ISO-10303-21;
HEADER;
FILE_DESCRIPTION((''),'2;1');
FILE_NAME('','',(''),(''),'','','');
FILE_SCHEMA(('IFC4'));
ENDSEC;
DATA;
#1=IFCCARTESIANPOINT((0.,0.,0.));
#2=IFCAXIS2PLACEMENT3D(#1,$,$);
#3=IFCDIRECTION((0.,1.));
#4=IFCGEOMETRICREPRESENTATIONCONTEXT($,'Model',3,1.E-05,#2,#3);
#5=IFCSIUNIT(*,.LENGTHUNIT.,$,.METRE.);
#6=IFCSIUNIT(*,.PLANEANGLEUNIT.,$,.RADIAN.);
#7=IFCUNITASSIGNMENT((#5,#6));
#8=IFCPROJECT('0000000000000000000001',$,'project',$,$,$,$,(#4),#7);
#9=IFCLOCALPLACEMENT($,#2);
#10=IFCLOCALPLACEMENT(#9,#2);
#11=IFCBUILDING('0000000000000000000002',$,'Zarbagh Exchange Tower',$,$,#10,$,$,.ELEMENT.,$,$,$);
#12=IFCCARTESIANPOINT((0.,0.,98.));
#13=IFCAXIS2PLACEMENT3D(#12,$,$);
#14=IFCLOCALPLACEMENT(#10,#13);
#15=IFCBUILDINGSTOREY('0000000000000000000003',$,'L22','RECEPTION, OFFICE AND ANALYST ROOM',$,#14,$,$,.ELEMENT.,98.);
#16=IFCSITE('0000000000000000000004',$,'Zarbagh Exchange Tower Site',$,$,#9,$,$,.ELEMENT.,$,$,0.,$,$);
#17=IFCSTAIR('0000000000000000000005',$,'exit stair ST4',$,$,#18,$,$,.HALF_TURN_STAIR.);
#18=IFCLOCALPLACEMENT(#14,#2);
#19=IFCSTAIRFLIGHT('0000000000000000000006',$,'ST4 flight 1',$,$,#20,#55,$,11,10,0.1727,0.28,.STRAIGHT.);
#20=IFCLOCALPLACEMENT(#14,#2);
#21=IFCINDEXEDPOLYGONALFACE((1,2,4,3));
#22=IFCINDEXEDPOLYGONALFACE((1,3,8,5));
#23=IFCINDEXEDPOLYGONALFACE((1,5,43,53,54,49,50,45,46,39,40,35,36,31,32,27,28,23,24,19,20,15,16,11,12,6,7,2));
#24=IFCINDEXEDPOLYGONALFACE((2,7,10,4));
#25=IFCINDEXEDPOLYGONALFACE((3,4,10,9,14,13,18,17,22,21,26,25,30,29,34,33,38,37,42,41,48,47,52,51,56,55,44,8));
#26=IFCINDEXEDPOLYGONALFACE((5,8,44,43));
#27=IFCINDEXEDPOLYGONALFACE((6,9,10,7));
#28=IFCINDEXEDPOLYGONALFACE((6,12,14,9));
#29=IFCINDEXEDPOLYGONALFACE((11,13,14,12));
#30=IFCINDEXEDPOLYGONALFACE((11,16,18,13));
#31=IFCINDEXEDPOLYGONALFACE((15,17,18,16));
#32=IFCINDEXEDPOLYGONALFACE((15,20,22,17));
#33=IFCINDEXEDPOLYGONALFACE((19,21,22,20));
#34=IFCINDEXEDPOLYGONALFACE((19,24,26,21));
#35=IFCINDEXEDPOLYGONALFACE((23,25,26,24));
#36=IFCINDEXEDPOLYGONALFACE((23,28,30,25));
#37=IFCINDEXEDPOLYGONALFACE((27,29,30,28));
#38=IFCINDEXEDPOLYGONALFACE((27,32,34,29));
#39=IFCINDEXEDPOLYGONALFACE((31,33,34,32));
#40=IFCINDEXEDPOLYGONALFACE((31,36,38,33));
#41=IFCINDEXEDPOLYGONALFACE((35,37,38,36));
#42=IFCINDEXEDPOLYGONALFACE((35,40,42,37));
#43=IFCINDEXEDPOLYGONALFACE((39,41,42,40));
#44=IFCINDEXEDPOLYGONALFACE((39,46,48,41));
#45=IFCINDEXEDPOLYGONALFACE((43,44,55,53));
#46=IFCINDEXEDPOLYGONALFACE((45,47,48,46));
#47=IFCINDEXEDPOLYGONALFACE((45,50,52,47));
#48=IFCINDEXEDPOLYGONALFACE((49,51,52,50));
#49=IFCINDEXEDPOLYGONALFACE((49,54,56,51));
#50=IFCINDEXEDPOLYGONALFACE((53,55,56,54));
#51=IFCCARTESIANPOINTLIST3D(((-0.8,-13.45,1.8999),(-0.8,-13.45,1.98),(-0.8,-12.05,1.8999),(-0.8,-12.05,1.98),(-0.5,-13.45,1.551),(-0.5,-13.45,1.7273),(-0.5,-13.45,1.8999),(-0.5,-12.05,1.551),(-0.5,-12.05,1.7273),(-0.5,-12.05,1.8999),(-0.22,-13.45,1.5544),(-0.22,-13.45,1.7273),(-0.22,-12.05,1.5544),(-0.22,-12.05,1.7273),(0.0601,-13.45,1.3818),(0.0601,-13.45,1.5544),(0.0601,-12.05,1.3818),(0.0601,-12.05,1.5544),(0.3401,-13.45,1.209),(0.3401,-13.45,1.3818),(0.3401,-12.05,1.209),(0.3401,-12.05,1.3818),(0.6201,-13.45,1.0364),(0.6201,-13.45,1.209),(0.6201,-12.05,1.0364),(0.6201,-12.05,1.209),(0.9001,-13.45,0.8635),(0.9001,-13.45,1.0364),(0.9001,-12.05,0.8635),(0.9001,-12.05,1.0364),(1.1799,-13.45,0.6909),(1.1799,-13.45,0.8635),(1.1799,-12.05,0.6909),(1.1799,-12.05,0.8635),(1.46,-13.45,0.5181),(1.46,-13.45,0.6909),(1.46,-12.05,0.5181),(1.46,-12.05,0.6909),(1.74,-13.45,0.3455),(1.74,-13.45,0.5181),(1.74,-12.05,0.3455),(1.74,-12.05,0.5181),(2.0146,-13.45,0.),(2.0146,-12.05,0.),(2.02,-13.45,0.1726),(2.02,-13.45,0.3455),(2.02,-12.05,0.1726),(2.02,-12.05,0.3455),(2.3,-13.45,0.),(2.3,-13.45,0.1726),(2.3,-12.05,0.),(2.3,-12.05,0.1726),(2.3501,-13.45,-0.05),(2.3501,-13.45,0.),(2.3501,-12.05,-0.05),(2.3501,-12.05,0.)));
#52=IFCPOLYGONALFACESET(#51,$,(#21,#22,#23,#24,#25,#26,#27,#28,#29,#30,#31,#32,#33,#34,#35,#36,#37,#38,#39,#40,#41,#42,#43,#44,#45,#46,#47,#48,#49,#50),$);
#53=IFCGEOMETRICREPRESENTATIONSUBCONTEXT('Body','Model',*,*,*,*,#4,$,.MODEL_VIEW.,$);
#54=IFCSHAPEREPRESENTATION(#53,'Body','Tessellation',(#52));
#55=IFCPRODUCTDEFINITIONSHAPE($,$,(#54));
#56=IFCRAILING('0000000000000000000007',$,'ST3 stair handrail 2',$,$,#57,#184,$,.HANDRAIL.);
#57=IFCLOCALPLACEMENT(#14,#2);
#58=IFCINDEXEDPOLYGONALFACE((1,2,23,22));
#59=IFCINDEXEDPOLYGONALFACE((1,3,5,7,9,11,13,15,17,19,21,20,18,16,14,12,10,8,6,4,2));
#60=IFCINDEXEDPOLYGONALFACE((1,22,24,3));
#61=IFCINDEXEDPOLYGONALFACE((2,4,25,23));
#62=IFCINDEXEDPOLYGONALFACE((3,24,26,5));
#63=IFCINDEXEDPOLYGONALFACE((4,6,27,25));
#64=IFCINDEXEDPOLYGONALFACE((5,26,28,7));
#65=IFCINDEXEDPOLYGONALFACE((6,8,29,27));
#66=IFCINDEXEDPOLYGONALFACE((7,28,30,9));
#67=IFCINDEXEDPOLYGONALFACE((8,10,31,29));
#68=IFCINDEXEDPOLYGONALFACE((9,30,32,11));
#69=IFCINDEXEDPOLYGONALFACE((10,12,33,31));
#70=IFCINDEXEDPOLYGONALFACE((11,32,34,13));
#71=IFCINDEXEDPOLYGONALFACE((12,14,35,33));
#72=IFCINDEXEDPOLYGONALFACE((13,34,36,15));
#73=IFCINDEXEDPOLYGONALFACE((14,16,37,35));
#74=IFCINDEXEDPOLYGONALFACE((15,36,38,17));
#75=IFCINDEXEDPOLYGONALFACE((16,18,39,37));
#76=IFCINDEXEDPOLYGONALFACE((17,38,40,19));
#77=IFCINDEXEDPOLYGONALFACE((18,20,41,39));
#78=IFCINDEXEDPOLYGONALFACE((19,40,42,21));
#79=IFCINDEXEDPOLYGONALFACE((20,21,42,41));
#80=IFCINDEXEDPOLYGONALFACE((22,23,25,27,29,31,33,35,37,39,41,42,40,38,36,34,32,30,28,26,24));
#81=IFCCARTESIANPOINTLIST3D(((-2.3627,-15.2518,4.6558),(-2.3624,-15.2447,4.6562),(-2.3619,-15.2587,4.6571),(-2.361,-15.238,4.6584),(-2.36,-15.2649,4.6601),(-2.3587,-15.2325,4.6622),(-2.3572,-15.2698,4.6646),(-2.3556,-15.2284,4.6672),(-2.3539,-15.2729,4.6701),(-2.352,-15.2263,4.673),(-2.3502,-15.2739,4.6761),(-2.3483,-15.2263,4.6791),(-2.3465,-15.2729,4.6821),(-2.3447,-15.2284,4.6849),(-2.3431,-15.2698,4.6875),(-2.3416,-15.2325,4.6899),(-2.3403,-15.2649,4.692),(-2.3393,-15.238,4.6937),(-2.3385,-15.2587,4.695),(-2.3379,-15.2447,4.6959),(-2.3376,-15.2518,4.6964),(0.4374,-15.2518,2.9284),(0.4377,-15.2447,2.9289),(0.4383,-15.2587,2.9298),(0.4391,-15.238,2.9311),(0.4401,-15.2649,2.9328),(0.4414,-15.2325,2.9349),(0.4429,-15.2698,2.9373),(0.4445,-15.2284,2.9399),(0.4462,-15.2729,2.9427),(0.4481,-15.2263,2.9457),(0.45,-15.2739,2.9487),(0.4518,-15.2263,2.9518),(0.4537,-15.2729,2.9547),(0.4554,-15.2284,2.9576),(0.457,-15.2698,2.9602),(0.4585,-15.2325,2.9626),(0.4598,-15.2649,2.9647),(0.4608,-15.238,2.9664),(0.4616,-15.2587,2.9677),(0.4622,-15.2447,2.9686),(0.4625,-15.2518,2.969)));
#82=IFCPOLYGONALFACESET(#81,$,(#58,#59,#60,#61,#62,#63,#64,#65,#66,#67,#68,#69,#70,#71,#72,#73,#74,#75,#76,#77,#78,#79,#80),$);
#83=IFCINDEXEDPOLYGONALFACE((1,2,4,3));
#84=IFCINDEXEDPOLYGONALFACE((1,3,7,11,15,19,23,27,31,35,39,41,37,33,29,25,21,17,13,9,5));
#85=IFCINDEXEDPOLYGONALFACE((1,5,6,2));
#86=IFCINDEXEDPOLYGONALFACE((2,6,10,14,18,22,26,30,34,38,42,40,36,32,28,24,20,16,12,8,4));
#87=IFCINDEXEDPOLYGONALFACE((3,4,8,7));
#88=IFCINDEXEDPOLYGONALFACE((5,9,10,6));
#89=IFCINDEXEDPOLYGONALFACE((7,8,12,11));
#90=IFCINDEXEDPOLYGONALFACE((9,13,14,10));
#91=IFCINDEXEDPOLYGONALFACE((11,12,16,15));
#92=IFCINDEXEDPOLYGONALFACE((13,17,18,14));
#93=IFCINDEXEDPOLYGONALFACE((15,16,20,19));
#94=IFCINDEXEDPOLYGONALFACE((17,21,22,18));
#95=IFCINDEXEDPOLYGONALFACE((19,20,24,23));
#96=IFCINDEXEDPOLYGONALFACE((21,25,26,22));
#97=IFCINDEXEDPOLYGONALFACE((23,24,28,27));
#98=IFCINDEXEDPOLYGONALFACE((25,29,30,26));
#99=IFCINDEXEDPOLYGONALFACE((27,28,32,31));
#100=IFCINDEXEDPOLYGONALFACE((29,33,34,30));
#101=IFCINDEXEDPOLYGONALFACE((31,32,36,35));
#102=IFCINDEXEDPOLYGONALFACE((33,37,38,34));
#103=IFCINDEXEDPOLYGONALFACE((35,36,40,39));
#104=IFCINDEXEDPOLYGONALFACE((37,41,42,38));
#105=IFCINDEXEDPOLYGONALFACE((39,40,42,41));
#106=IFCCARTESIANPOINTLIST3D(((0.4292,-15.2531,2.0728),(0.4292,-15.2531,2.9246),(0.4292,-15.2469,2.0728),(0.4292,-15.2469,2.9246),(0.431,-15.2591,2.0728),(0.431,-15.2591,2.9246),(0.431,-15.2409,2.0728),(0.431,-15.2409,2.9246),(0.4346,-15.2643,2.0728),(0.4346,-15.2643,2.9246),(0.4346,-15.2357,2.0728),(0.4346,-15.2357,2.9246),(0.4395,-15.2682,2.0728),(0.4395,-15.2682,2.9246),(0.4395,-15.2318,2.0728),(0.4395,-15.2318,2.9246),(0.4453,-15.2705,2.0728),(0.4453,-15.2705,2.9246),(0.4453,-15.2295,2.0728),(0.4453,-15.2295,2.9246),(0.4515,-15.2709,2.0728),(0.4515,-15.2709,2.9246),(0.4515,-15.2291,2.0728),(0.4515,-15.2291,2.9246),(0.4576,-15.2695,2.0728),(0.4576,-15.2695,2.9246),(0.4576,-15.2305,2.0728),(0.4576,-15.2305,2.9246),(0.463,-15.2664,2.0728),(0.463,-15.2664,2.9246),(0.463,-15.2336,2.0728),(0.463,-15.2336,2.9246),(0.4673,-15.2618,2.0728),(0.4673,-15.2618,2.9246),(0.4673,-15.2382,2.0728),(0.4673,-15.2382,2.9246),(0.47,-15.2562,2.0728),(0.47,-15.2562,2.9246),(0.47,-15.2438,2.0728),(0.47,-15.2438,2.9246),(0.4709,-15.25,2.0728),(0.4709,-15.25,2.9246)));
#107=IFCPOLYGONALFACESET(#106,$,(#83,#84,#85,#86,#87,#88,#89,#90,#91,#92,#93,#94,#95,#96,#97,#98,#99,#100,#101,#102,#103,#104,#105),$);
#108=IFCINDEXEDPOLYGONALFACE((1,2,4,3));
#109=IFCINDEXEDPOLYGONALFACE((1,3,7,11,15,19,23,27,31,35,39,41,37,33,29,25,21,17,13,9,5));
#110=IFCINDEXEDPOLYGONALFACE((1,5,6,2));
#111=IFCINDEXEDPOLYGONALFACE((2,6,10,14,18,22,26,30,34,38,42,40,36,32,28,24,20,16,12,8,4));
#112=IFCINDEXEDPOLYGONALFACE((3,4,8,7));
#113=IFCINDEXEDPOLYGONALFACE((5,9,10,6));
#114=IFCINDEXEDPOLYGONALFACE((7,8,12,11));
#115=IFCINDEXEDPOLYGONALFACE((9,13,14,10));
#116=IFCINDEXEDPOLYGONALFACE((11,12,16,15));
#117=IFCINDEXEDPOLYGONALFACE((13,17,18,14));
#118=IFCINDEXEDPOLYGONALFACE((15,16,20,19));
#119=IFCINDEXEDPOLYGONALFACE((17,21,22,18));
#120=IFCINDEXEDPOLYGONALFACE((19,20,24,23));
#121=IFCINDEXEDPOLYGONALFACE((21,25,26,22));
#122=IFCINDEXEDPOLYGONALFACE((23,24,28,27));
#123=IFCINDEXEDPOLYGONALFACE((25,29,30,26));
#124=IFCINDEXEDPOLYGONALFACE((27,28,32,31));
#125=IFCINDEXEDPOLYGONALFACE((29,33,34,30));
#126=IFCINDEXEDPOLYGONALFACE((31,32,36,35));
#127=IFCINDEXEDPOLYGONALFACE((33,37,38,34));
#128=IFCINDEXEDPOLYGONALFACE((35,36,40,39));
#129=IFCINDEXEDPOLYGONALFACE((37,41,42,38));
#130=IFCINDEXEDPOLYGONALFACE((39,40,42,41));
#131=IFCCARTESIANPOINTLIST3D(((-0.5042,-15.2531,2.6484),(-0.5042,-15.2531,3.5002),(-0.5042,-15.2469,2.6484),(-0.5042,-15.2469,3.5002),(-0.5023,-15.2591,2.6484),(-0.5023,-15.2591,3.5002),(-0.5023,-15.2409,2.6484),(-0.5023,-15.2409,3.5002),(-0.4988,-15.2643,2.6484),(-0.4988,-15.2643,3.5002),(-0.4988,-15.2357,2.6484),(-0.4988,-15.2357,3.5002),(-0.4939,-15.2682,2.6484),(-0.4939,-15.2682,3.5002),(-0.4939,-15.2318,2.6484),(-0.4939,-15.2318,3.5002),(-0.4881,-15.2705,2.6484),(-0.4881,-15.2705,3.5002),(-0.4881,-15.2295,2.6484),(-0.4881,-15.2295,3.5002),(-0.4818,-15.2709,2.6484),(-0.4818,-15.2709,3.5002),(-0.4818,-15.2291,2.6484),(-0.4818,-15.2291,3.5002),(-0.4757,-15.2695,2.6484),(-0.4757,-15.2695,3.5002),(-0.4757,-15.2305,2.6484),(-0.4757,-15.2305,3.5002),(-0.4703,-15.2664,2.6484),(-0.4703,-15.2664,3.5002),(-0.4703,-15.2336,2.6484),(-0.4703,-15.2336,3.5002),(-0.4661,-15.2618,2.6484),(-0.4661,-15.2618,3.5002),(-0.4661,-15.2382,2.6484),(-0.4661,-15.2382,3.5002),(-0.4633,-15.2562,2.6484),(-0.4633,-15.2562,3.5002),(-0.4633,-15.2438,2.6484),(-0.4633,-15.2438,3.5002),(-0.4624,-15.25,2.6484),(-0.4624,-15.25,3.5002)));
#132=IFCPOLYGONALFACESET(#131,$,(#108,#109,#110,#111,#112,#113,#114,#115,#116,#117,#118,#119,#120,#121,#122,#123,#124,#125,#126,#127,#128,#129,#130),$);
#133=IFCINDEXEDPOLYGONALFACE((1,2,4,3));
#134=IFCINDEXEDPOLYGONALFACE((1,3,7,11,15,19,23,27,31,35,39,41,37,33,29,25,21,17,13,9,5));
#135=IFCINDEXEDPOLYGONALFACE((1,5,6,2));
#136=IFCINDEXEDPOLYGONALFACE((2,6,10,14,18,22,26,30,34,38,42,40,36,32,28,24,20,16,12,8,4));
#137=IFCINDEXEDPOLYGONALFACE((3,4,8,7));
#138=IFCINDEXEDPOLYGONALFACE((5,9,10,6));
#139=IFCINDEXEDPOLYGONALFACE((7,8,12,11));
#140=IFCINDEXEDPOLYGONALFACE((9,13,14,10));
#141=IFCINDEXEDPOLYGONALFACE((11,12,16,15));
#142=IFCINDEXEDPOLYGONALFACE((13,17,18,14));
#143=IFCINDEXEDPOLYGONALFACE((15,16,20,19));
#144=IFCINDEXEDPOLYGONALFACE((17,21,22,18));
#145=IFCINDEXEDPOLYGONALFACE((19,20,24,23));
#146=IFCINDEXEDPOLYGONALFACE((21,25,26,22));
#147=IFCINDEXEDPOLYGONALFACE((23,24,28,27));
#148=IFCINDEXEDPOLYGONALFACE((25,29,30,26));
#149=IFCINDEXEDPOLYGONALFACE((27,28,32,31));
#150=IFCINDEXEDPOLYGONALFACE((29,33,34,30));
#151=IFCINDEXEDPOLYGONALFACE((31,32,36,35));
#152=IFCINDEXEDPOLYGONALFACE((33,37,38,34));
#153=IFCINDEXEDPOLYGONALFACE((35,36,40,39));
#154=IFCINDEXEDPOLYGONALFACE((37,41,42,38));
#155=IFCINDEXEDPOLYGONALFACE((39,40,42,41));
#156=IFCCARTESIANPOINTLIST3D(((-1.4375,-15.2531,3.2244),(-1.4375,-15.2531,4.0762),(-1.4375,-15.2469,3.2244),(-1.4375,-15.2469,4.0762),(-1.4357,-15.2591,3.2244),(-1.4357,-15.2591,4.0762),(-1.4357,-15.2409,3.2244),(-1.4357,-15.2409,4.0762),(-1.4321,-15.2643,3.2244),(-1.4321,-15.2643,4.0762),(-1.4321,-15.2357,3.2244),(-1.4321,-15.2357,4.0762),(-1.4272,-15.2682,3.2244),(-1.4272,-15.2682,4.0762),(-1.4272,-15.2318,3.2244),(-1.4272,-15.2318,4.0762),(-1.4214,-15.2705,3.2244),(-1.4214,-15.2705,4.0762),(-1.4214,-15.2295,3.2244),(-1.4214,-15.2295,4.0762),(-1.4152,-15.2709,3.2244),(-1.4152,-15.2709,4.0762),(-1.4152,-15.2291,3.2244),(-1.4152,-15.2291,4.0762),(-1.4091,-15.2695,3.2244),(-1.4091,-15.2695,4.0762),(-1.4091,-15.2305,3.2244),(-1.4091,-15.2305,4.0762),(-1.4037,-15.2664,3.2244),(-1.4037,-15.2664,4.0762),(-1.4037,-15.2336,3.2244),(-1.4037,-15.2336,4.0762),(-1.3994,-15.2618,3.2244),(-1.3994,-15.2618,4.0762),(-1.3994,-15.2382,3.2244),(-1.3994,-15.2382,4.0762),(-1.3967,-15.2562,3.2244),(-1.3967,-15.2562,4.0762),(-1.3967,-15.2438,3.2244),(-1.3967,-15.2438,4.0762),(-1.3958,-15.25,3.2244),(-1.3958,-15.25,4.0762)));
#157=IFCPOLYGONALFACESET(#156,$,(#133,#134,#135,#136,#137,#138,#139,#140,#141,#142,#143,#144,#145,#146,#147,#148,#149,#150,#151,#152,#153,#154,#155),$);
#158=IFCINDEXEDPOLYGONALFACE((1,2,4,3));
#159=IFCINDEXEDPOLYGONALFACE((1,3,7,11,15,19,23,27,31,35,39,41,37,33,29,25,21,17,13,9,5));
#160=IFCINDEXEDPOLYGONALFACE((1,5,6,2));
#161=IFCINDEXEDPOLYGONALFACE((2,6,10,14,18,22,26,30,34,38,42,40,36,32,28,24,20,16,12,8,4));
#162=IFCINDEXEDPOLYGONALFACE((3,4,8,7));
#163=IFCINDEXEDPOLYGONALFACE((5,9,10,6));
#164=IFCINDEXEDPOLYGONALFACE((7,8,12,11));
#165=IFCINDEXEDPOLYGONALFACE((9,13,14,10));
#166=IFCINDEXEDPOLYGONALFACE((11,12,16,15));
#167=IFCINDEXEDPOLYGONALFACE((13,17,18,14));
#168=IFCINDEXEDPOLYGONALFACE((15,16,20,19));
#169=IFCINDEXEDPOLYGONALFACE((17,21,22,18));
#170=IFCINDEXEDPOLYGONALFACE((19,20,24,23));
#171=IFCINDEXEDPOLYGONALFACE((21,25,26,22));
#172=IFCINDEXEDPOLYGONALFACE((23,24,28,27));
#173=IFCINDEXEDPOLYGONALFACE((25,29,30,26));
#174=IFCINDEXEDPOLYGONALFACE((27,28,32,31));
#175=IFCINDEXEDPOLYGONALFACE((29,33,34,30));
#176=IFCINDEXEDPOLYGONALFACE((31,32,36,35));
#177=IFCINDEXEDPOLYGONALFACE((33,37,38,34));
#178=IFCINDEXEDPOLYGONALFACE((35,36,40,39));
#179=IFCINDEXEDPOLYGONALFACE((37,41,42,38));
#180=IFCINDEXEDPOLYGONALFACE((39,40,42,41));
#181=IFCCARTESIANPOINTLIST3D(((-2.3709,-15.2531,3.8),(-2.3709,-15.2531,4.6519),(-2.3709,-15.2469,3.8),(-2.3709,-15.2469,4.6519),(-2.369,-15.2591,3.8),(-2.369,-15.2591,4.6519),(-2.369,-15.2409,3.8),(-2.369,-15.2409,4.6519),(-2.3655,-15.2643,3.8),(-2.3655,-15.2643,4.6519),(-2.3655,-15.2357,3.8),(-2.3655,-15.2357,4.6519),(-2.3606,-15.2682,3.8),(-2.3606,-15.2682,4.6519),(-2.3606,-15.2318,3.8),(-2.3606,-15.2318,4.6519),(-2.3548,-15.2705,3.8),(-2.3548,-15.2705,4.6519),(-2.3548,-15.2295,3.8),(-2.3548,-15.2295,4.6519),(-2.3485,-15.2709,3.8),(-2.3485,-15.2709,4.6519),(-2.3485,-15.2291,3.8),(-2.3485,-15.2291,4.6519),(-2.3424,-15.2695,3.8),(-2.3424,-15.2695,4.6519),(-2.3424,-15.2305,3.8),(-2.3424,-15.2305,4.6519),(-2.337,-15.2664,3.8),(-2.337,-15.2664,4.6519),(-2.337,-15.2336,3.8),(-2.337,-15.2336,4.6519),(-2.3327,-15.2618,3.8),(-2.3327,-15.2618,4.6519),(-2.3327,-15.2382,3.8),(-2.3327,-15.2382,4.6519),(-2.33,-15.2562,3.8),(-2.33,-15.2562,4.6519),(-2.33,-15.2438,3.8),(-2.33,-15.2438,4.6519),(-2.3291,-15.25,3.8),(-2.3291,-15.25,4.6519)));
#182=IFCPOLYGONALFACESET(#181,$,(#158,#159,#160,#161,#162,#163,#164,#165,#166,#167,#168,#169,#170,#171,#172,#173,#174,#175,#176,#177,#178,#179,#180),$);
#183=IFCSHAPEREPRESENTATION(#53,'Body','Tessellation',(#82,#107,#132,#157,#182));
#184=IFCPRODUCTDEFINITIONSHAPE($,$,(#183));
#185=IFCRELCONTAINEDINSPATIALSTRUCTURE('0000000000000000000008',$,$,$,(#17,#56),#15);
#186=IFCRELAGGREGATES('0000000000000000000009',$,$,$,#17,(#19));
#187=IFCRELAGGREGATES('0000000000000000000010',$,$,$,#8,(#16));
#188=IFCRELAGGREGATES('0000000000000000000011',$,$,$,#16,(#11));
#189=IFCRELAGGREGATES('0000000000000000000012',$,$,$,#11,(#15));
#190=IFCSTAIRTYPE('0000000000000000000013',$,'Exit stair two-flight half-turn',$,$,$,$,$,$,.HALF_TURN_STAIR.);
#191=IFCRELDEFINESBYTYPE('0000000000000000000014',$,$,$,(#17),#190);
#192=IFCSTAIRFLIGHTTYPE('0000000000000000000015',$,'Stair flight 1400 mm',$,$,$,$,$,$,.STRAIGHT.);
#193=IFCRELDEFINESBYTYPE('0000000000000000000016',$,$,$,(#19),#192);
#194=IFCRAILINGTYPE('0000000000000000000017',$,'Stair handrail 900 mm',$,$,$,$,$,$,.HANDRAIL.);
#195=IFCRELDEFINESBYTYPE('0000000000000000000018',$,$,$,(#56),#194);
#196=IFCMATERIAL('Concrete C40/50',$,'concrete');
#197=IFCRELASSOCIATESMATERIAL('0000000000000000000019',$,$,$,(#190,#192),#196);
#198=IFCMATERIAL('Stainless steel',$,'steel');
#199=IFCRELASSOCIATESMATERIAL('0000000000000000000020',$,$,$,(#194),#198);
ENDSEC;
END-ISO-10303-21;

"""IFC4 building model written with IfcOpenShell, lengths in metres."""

from ifc_helpers import new_model, si_unit, direction, frame, origin, origin_2d, place, context, subcontext, project, spatial, polyline, circle, outline, extrude, material, type_object, element, aggregate, save


model = new_model("IFC4")

# Units and contexts
model_context = context("Model", 3, precision=1e-05, world=origin(), true_north=direction((0.0, 1.0)))
body_context = subcontext(model_context, "Body", "Model", "MODEL_VIEW")
ifc_project = project(units=[si_unit("LENGTHUNIT", "METRE"), si_unit("PLANEANGLEUNIT", "RADIAN")], contexts=[model_context])

# Site, building, storey
site_placement = place(None, origin())
site = spatial("IfcSite", under=ifc_project, at=site_placement, Name="Zarbagh Exchange Tower Site", CompositionType="ELEMENT", RefElevation=0.0)
building_placement = place(site_placement, origin())
building = spatial("IfcBuilding", under=site, at=building_placement, Name="Zarbagh Exchange Tower", CompositionType="ELEMENT")
storey_placement = place(building_placement, frame((0.0, 0.0, 98.0)))
storey = spatial("IfcBuildingStorey", under=building, at=storey_placement, Name="L22", Description="RECEPTION, OFFICE AND ANALYST ROOM", CompositionType="ELEMENT", Elevation=98.0)

# Shared definitions
ifc_material_1 = material(Name="Concrete C40/50", Category="concrete")

# Stair, stair flight
stair_type = type_object("IfcStairType", Name="Exit stair two-flight half-turn", PredefinedType="HALF_TURN_STAIR", material=ifc_material_1)
stair_1_placement = place(storey_placement, origin())
stair_1 = element("IfcStair", 1, at=stair_1_placement, inside=storey, type_object=stair_type, Name="exit stair ST4", PredefinedType="HALF_TURN_STAIR")
stair_flight_type_1 = type_object("IfcStairFlightType", Name="Stair flight 1400 mm", PredefinedType="STRAIGHT", material=ifc_material_1)
stair_flight_1_placement = place(storey_placement, frame((2.3, -12.75, 0.0), z_axis=(0.0, 0.0, 1.0), x_axis=(-1.0, 0.0, 0.0)))
stair_flight_1 = element("IfcStairFlight", 2, at=stair_flight_1_placement, type_object=stair_flight_type_1, Name="ST4 flight 1", NumberOfRisers=11, NumberOfTreads=10, PredefinedType="STRAIGHT", RiserHeight=0.1727, TreadLength=0.28, context=body_context, shape_type="SweptSolid", body=[
    extrude(outline(polyline([(-0.05, -0.05), (-0.05, 0.0), (0.0, 0.0), (0.0, 0.1726), (0.28, 0.1726), (0.28, 0.3455), (0.5601, 0.3455), (0.5601, 0.5181), (0.8401, 0.5181), (0.8401, 0.6909), (1.1201, 0.6909), (1.1201, 0.8635), (1.3999, 0.8635), (1.3999, 1.0364), (1.6799, 1.0364), (1.6799, 1.209), (1.96, 1.209), (1.96, 1.3818), (2.24, 1.3818), (2.24, 1.5544), (2.52, 1.5544), (2.52, 1.7273), (2.8, 1.7273), (2.8, 1.8999), (3.1001, 1.98), (3.1001, 1.8999), (2.8, 1.551), (0.2854, 0.0), (-0.05, -0.05)])), frame((0.0, 0.7, 0.0), z_axis=(0.0, -1.0, 0.0), x_axis=(1.0, 0.0, 0.0)), (0.0, 0.0, 1.0), 1.3999),
])
aggregate(stair_1, [stair_flight_1])

# Railing
ifc_material_2 = material(Name="Stainless steel", Category="steel")
railing_type_1 = type_object("IfcRailingType", Name="Stair handrail 900 mm", PredefinedType="HANDRAIL", material=ifc_material_2)
for number, where, name in (
    (3, (0.45, -15.25, 2.0728), "ST3 stair handrail 2"),
):
    element("IfcRailing", number, at=place(storey_placement, frame(where)), inside=storey, type_object=railing_type_1, Name=name, PredefinedType="HANDRAIL", context=body_context, shape_type="SweptSolid", body=[
        extrude(circle(Radius=0.0239, at=origin_2d()), frame((0.0, 0.0, 0.876), z_axis=(-0.85109, 0.0, 0.52502), x_axis=(0.0, -1.0, 0.0)), (0.0, 0.0, 1.0), 3.29),
        extrude(circle(Radius=0.021, at=origin_2d()), origin(), (0.0, 0.0, 1.0), 0.8518),
        extrude(circle(Radius=0.021, at=origin_2d()), frame((-0.9333, 0.0, 0.5757)), (0.0, 0.0, 1.0), 0.8518),
        extrude(circle(Radius=0.021, at=origin_2d()), frame((-1.8667, 0.0, 1.1516)), (0.0, 0.0, 1.0), 0.8518),
        extrude(circle(Radius=0.021, at=origin_2d()), frame((-2.8, 0.0, 1.7273)), (0.0, 0.0, 1.0), 0.8518),
    ])

save(model, "model.ifc")
